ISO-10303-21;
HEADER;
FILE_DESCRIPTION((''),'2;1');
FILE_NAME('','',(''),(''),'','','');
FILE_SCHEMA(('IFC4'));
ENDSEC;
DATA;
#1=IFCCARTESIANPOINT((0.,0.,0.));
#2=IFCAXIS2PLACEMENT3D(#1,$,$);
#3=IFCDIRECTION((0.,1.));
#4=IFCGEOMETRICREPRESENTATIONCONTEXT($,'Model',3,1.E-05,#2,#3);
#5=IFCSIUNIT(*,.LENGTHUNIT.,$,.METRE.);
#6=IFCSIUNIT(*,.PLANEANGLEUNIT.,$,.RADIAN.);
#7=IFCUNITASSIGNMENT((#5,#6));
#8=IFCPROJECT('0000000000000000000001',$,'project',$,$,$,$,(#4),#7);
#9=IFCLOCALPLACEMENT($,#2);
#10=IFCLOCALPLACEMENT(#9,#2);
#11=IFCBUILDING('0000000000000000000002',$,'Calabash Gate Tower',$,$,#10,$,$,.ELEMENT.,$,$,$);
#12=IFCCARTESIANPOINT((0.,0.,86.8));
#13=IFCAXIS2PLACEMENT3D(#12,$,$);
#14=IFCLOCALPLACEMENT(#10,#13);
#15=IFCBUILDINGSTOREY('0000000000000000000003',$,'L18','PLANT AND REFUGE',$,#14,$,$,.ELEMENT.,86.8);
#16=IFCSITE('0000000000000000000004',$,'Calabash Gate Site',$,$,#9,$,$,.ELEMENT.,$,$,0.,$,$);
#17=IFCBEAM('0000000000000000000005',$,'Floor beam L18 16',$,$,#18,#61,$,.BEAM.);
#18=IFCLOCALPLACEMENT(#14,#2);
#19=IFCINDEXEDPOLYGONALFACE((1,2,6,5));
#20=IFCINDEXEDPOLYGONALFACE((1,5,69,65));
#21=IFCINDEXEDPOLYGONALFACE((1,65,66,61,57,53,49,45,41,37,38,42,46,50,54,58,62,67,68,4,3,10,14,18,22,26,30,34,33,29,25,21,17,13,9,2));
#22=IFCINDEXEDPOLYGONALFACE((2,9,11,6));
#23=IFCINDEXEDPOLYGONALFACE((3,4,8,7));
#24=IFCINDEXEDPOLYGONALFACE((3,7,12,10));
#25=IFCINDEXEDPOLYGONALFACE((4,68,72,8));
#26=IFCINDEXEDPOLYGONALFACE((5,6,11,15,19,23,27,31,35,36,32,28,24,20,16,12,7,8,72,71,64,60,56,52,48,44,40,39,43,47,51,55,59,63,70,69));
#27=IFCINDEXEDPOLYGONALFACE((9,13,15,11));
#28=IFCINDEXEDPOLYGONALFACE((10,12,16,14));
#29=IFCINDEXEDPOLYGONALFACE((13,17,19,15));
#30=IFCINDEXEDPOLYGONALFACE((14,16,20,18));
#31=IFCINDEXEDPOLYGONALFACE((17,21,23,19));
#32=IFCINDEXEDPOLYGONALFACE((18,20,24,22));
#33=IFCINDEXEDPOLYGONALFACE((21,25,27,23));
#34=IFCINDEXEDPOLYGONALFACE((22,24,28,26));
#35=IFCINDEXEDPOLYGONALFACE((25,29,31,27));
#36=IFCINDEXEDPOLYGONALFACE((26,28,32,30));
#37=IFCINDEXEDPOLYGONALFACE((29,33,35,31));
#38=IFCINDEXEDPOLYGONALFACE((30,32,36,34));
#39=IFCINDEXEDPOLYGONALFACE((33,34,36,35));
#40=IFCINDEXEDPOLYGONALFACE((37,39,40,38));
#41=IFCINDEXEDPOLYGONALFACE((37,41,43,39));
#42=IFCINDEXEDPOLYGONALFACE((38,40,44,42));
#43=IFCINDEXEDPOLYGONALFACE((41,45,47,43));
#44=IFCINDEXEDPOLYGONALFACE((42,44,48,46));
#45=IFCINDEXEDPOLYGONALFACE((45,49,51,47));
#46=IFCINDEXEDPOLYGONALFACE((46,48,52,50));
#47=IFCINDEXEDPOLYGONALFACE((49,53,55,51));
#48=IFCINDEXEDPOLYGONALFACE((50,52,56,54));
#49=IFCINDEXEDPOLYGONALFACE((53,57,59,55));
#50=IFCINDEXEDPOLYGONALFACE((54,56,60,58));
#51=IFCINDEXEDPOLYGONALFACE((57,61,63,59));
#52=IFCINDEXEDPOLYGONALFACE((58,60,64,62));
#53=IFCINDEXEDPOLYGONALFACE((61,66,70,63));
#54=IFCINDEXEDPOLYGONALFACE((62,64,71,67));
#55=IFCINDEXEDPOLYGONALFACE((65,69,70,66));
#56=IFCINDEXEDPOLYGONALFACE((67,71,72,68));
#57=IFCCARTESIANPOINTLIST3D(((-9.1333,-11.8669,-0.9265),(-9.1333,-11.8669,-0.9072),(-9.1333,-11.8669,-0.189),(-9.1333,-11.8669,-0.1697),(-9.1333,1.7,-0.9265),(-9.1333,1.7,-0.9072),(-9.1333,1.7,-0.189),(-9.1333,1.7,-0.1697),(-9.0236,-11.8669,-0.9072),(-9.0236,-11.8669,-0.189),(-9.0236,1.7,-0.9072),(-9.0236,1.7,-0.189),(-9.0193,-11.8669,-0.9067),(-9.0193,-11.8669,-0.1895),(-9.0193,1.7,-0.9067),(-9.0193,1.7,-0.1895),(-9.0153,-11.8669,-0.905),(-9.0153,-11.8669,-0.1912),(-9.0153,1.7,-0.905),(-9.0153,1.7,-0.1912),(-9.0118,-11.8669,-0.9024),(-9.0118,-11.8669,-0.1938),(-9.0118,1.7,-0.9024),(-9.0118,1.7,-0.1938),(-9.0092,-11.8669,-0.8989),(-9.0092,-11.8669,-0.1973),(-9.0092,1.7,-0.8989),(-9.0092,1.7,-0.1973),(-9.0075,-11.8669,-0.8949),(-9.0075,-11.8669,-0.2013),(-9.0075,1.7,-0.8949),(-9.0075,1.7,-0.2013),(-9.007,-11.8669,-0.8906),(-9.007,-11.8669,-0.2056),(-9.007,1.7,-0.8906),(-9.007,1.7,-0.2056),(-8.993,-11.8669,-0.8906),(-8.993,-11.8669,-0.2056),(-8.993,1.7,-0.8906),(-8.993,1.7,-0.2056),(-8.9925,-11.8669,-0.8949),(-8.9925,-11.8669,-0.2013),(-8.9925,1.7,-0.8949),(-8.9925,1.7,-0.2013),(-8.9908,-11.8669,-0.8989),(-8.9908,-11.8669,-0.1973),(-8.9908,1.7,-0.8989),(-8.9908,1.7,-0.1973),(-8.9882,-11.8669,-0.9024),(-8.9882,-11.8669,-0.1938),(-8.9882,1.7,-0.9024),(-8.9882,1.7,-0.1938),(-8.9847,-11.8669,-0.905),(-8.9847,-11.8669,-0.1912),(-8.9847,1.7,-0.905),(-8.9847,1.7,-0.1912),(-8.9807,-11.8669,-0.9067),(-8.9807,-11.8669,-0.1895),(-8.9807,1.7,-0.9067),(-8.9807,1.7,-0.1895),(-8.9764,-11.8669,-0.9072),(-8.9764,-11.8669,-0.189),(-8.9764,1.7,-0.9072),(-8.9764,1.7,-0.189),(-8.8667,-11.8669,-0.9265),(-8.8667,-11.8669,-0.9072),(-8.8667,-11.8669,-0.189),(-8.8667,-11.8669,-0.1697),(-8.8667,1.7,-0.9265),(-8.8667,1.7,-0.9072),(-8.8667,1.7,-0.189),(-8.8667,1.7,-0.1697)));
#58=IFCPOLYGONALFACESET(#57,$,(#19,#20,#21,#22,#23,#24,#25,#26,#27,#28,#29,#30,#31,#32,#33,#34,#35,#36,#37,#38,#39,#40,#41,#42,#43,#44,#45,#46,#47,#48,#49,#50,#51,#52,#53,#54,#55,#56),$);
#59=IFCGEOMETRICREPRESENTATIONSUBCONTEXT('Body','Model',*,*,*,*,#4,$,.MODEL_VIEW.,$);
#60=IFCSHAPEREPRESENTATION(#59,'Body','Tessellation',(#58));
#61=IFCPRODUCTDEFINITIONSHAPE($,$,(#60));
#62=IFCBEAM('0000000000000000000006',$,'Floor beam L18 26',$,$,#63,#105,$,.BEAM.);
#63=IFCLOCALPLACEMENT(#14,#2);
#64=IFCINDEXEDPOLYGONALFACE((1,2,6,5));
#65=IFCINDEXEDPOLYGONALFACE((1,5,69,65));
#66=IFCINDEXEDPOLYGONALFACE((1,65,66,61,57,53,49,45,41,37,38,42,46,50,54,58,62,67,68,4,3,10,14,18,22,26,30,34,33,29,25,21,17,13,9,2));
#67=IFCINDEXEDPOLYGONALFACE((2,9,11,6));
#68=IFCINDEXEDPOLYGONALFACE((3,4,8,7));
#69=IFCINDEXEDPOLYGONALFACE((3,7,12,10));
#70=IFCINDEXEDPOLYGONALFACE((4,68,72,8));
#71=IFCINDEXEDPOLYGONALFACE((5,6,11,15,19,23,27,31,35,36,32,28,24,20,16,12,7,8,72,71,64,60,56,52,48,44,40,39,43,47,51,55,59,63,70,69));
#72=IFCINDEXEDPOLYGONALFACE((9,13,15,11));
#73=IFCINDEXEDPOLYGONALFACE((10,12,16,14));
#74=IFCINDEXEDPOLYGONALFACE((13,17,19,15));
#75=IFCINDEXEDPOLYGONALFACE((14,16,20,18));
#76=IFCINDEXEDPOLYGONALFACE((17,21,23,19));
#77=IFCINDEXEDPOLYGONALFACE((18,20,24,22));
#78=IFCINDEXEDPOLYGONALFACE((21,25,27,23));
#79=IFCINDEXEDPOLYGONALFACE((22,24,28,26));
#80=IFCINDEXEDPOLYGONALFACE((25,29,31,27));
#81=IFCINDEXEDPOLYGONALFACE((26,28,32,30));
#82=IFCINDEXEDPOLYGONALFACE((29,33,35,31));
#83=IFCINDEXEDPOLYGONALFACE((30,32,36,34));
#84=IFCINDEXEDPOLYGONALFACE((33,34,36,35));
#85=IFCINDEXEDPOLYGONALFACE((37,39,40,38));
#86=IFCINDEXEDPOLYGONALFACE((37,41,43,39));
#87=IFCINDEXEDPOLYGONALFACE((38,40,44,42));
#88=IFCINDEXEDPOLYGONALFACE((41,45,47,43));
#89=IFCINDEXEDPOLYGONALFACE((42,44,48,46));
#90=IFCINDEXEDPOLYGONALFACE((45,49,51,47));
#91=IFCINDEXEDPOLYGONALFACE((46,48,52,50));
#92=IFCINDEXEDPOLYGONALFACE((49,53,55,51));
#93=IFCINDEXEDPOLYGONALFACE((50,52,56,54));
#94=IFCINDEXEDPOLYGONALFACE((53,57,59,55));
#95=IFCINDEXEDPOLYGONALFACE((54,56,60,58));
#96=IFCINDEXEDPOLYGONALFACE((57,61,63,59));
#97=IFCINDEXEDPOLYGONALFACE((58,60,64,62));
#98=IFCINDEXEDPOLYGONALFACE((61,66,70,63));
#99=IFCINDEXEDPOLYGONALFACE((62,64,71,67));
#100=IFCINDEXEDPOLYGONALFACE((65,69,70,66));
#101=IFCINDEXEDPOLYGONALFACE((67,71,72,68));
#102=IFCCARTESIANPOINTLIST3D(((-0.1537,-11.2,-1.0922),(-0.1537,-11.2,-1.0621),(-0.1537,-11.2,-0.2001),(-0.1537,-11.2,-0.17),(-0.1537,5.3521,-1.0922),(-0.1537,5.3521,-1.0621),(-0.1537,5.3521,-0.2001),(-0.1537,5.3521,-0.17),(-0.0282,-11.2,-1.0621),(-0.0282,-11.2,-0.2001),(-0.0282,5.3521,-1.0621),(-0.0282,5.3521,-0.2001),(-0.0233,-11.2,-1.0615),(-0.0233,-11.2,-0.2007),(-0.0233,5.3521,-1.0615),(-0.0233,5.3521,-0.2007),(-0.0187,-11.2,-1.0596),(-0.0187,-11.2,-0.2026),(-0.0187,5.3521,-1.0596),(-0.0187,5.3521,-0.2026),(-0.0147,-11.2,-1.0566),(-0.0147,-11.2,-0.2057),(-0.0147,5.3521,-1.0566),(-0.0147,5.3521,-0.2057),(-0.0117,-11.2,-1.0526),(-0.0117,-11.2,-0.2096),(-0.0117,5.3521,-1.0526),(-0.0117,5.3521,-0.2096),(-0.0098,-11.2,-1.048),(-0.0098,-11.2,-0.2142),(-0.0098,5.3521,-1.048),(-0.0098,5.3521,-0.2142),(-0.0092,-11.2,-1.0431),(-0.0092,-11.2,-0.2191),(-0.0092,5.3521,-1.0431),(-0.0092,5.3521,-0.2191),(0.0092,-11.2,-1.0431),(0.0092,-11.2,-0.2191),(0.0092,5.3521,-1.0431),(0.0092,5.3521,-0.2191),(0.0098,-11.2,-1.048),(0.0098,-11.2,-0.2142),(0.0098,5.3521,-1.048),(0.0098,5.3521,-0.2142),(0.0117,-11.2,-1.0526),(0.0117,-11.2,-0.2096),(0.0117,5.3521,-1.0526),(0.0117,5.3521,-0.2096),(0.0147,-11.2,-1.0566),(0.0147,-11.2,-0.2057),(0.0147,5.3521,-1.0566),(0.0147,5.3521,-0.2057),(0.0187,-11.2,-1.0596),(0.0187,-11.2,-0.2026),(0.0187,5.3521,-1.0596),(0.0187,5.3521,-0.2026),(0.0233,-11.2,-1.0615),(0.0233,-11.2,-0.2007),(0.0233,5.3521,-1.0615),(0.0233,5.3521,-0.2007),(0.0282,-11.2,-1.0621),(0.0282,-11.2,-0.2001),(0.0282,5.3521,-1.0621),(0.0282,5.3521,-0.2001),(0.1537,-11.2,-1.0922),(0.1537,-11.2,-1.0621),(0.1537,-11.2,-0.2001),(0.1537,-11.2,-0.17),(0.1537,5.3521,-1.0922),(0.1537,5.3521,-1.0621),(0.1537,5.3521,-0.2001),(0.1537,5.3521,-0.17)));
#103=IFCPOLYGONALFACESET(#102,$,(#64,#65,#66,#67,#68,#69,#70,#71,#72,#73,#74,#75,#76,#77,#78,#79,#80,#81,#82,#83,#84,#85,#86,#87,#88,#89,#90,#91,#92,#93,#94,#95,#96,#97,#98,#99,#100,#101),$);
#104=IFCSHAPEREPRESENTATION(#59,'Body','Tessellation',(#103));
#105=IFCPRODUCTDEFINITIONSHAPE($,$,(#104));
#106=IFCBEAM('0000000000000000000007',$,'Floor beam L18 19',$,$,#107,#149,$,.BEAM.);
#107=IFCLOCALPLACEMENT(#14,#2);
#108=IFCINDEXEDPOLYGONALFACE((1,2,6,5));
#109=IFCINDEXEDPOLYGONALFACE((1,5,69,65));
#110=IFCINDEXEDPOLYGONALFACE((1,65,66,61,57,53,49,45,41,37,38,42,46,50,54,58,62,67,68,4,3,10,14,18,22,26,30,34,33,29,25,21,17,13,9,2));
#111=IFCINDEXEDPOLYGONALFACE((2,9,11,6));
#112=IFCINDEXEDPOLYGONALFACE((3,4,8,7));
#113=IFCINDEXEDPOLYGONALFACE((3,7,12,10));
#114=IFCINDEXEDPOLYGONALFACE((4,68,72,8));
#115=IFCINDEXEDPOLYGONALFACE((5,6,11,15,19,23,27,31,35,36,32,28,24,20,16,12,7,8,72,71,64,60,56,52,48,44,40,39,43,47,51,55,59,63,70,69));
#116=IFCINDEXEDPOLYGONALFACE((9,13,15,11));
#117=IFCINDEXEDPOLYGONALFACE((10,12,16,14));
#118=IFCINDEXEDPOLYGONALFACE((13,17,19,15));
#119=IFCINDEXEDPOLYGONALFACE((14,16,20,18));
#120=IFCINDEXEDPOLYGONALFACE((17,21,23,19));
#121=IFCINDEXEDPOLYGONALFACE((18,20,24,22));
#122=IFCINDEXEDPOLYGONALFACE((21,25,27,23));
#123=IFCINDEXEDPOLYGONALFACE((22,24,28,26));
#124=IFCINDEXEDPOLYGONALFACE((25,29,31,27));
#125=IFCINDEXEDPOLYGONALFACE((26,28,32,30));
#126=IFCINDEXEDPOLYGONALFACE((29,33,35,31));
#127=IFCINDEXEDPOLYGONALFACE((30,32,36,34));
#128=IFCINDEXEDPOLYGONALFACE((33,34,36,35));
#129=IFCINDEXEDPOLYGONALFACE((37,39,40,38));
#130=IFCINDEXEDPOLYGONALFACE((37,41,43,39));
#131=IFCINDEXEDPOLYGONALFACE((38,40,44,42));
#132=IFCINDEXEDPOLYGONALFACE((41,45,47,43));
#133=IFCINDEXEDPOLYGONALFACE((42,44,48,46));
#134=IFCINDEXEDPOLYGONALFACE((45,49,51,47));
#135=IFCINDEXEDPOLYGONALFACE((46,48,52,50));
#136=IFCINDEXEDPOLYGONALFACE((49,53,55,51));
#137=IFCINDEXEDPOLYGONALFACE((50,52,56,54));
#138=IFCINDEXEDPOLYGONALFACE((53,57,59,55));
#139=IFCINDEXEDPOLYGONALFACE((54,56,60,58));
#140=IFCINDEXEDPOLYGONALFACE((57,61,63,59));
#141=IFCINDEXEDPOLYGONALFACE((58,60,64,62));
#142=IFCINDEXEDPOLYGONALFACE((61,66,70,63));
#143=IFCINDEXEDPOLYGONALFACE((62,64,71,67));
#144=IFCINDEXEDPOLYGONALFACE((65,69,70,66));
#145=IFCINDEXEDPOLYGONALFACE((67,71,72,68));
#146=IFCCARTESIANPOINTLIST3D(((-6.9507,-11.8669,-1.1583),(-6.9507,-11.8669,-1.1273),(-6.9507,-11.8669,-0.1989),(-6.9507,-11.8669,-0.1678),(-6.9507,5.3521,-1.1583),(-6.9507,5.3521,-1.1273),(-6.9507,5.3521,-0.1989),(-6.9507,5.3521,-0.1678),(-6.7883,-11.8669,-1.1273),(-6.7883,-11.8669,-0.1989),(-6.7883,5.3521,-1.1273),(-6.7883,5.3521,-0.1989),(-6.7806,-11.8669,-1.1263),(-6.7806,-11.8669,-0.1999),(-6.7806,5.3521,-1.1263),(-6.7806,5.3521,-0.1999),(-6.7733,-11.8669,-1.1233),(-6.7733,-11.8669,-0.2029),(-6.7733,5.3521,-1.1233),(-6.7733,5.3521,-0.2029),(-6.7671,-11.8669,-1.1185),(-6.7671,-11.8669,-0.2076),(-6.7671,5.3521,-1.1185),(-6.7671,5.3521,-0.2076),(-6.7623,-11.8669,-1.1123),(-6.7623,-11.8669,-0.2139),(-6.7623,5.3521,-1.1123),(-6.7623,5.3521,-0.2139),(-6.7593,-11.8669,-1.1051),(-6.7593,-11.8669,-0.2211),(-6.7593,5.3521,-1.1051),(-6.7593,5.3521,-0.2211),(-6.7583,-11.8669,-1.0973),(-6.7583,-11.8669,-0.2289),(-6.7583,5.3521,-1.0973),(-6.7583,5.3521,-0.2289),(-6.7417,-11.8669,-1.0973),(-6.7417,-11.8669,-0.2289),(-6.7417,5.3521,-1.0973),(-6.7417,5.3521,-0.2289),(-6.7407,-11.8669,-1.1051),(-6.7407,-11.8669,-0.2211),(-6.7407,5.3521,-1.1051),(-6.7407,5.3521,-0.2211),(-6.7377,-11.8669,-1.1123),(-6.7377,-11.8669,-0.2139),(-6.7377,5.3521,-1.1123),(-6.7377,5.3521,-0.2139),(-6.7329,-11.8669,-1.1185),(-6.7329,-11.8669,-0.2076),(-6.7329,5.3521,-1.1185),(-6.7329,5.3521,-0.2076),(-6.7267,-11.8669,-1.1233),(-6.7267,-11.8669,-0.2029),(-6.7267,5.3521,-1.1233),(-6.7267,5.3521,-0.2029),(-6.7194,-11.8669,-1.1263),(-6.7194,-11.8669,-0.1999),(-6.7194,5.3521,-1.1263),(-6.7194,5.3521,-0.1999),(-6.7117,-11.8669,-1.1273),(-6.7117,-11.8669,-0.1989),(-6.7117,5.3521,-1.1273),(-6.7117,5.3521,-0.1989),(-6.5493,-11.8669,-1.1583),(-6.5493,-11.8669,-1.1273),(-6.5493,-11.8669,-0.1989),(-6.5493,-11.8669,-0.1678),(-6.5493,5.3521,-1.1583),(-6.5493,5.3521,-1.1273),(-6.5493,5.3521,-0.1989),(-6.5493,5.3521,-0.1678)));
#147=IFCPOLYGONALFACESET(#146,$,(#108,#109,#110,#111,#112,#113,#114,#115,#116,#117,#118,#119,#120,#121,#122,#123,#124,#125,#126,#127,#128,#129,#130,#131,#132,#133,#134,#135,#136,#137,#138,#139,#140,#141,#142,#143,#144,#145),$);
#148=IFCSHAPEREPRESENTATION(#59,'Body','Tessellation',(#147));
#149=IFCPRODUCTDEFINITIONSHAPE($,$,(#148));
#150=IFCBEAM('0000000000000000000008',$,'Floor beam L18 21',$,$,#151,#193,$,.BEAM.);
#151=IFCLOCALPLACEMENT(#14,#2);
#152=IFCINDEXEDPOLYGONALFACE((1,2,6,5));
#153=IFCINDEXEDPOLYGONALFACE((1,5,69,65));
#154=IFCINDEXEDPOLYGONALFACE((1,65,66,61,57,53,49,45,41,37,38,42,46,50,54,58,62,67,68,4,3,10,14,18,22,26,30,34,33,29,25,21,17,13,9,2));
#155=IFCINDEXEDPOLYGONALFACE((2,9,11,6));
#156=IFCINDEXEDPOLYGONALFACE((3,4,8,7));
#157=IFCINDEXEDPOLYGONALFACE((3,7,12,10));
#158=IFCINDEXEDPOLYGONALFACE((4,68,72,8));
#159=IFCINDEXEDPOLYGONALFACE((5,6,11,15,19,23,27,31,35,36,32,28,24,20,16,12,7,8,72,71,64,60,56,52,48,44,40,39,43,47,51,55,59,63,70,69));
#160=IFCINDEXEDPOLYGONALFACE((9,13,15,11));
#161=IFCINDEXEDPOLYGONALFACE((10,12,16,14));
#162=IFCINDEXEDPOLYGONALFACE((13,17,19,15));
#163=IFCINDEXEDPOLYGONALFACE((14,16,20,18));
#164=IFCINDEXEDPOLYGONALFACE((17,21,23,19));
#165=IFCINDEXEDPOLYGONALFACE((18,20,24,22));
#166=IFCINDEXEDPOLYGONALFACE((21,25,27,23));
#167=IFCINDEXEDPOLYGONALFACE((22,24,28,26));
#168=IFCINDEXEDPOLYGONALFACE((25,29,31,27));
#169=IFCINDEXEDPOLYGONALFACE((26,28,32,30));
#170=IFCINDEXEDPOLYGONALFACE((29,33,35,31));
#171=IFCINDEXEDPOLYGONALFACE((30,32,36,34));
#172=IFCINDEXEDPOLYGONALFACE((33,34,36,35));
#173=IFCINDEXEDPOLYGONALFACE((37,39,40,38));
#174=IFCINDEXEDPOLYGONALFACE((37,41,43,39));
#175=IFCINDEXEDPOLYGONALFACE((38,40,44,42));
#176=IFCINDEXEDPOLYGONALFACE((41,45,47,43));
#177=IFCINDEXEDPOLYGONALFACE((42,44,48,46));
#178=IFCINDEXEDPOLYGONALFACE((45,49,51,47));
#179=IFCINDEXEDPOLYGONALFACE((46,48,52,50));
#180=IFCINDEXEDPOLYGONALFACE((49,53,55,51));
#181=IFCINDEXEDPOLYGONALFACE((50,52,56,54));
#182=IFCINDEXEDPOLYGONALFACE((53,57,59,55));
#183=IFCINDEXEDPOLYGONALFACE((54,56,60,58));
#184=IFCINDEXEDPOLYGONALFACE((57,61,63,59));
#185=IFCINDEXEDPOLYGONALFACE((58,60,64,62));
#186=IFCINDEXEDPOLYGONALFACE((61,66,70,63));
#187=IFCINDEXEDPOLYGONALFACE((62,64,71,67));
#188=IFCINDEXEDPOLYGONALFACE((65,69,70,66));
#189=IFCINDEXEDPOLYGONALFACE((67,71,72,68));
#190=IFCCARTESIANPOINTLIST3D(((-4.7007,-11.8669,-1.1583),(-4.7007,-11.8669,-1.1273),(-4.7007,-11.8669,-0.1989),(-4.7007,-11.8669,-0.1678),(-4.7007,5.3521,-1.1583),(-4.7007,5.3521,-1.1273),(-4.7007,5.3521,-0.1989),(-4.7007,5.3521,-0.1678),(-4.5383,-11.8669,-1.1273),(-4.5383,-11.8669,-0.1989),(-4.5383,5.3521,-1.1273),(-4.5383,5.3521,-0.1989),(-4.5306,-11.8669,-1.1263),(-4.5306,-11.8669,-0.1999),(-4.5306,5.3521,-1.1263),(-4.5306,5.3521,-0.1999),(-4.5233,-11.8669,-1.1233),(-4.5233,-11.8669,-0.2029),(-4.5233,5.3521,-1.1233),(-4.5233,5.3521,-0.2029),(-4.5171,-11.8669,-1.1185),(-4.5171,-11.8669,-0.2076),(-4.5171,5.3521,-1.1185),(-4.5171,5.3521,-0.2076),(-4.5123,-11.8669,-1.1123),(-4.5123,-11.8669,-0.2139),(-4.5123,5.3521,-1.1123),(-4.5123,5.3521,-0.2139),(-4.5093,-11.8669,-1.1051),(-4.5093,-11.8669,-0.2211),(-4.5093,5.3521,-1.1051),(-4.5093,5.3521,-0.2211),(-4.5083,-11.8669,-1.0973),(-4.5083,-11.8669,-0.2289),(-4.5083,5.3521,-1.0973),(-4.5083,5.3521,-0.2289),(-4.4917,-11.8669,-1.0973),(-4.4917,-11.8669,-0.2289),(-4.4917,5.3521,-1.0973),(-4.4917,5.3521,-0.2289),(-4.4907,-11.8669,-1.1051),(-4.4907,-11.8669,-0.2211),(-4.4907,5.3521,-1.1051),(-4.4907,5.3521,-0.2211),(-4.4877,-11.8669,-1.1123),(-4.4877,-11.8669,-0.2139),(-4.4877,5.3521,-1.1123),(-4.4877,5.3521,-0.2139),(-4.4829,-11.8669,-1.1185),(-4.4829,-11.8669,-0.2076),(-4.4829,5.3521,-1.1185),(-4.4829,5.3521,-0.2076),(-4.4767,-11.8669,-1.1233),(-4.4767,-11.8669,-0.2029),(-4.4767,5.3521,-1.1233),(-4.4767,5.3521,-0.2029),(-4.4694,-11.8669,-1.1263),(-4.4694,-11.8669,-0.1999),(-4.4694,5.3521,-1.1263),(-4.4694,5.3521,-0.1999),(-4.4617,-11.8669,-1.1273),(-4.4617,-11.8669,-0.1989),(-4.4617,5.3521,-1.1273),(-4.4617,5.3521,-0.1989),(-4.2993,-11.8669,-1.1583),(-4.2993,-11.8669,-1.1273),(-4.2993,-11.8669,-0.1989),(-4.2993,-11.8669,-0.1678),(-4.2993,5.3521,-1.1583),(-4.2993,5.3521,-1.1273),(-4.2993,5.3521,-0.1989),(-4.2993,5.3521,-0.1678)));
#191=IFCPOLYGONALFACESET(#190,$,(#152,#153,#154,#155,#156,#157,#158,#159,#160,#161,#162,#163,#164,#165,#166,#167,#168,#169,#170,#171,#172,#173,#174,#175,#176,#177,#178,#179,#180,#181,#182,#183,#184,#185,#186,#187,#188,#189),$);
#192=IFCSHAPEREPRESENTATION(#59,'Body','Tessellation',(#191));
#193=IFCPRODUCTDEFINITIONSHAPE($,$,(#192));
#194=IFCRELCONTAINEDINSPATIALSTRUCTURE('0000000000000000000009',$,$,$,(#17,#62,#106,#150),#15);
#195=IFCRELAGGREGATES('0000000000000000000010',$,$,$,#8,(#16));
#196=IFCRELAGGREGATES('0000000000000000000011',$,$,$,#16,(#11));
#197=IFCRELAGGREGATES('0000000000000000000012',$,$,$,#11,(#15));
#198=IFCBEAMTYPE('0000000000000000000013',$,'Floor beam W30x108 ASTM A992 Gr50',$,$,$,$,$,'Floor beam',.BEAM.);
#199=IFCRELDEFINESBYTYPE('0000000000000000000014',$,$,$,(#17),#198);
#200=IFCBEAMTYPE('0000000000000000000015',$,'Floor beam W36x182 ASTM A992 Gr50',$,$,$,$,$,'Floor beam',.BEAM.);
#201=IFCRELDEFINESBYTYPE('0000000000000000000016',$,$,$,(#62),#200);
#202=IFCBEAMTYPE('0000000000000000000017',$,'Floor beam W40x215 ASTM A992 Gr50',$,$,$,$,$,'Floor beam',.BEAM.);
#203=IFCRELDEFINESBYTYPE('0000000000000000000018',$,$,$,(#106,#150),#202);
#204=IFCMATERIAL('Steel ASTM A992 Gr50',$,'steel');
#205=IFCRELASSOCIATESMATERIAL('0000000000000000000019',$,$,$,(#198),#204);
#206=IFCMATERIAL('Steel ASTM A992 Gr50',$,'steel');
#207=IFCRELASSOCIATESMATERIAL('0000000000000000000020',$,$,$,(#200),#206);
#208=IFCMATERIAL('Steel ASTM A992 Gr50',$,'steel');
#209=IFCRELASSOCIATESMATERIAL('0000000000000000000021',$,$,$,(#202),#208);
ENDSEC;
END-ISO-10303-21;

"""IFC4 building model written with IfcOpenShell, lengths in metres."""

from ifc_helpers import new_model, si_unit, direction, frame, origin, origin_2d, place, context, subcontext, project, spatial, i_section, extrude, material, material_profile, profile_set, type_object, element, save


model = new_model("IFC4")

# Units and contexts
model_context = context("Model", 3, precision=1e-05, world=origin(), true_north=direction((0.0, 1.0)))
body_context = subcontext(model_context, "Body", "Model", "MODEL_VIEW")
ifc_project = project(units=[si_unit("LENGTHUNIT", "METRE"), si_unit("PLANEANGLEUNIT", "RADIAN")], contexts=[model_context])

# Site, building, storey
site_placement = place(None, origin())
site = spatial("IfcSite", under=ifc_project, at=site_placement, Name="Calabash Gate Site", CompositionType="ELEMENT", RefElevation=0.0)
building_placement = place(site_placement, origin())
building = spatial("IfcBuilding", under=site, at=building_placement, Name="Calabash Gate Tower", CompositionType="ELEMENT")
storey_placement = place(building_placement, frame((0.0, 0.0, 86.8)))
storey = spatial("IfcBuildingStorey", under=building, at=storey_placement, Name="L18", Description="PLANT AND REFUGE", CompositionType="ELEMENT", Elevation=86.8)

# Beams
ifc_material_1 = material(Name="Steel ASTM A992 Gr50", Category="steel")
ifc_material_profile_1 = material_profile(ifc_material_1, i_section(OverallWidth=0.2666, OverallDepth=0.7568, WebThickness=0.0139, FlangeThickness=0.0193, FilletRadius=0.0166, at=origin_2d()))
ifc_profile_set_1 = profile_set([ifc_material_profile_1], Name="Steel ASTM A992 Gr50")
beam_type_1 = type_object("IfcBeamType", Name="Floor beam W30x108 ASTM A992 Gr50", ElementType="Floor beam", PredefinedType="BEAM", material=ifc_profile_set_1)
beam_1_placement = place(storey_placement, frame((-9.0, -11.8669, -0.5481), z_axis=(0.0, 1.0, 0.0), x_axis=(-1.0, 0.0, 0.0)))
element("IfcBeam", 1, at=beam_1_placement, inside=storey, type_object=beam_type_1, Name="Floor beam L18 16", PredefinedType="BEAM", context=body_context, shape_type="SweptSolid", body=[
    extrude(i_section(OverallWidth=0.2666, OverallDepth=0.7568, WebThickness=0.0139, FlangeThickness=0.0193, FilletRadius=0.0166, at=origin_2d()), origin(), (0.0, 0.0, 1.0), 13.5669),
])
ifc_material_2 = material(Name="Steel ASTM A992 Gr50", Category="steel")
ifc_material_profile_2 = material_profile(ifc_material_2, i_section(OverallWidth=0.3074, OverallDepth=0.9221, WebThickness=0.0183, FlangeThickness=0.03, FilletRadius=0.019, at=origin_2d()))
ifc_profile_set_2 = profile_set([ifc_material_profile_2], Name="Steel ASTM A992 Gr50")
beam_type_2 = type_object("IfcBeamType", Name="Floor beam W36x182 ASTM A992 Gr50", ElementType="Floor beam", PredefinedType="BEAM", material=ifc_profile_set_2)
beam_2_placement = place(storey_placement, frame((0.0, -11.2, -0.6311), z_axis=(0.0, 1.0, 0.0), x_axis=(-1.0, 0.0, 0.0)))
element("IfcBeam", 2, at=beam_2_placement, inside=storey, type_object=beam_type_2, Name="Floor beam L18 26", PredefinedType="BEAM", context=body_context, shape_type="SweptSolid", body=[
    extrude(i_section(OverallWidth=0.3074, OverallDepth=0.9221, WebThickness=0.0183, FlangeThickness=0.03, FilletRadius=0.019, at=origin_2d()), origin(), (0.0, 0.0, 1.0), 16.552),
])
ifc_material_3 = material(Name="Steel ASTM A992 Gr50", Category="steel")
ifc_material_profile_3 = material_profile(ifc_material_3, i_section(OverallWidth=0.4014, OverallDepth=0.9905, WebThickness=0.0166, FlangeThickness=0.031, FilletRadius=0.03, at=origin_2d()))
ifc_profile_set_3 = profile_set([ifc_material_profile_3], Name="Steel ASTM A992 Gr50")
beam_type_3 = type_object("IfcBeamType", Name="Floor beam W40x215 ASTM A992 Gr50", ElementType="Floor beam", PredefinedType="BEAM", material=ifc_profile_set_3)
for number, where, z_axis, x_axis, name in (
    (3, (-6.75, -11.8669, -0.6631), (0.0, 1.0, 0.0), (-1.0, 0.0, 0.0), "Floor beam L18 19"),
    (4, (-4.5, -11.8669, -0.6631), (0.0, 1.0, 0.0), (-1.0, 0.0, 0.0), "Floor beam L18 21"),
):
    element("IfcBeam", number, at=place(storey_placement, frame(where, z_axis=z_axis, x_axis=x_axis)), inside=storey, type_object=beam_type_3, Name=name, PredefinedType="BEAM", context=body_context, shape_type="SweptSolid", body=[
        extrude(i_section(OverallWidth=0.4014, OverallDepth=0.9905, WebThickness=0.0166, FlangeThickness=0.031, FilletRadius=0.03, at=origin_2d()), origin(), (0.0, 0.0, 1.0), 17.219),
    ])

save(model, "model.ifc")
